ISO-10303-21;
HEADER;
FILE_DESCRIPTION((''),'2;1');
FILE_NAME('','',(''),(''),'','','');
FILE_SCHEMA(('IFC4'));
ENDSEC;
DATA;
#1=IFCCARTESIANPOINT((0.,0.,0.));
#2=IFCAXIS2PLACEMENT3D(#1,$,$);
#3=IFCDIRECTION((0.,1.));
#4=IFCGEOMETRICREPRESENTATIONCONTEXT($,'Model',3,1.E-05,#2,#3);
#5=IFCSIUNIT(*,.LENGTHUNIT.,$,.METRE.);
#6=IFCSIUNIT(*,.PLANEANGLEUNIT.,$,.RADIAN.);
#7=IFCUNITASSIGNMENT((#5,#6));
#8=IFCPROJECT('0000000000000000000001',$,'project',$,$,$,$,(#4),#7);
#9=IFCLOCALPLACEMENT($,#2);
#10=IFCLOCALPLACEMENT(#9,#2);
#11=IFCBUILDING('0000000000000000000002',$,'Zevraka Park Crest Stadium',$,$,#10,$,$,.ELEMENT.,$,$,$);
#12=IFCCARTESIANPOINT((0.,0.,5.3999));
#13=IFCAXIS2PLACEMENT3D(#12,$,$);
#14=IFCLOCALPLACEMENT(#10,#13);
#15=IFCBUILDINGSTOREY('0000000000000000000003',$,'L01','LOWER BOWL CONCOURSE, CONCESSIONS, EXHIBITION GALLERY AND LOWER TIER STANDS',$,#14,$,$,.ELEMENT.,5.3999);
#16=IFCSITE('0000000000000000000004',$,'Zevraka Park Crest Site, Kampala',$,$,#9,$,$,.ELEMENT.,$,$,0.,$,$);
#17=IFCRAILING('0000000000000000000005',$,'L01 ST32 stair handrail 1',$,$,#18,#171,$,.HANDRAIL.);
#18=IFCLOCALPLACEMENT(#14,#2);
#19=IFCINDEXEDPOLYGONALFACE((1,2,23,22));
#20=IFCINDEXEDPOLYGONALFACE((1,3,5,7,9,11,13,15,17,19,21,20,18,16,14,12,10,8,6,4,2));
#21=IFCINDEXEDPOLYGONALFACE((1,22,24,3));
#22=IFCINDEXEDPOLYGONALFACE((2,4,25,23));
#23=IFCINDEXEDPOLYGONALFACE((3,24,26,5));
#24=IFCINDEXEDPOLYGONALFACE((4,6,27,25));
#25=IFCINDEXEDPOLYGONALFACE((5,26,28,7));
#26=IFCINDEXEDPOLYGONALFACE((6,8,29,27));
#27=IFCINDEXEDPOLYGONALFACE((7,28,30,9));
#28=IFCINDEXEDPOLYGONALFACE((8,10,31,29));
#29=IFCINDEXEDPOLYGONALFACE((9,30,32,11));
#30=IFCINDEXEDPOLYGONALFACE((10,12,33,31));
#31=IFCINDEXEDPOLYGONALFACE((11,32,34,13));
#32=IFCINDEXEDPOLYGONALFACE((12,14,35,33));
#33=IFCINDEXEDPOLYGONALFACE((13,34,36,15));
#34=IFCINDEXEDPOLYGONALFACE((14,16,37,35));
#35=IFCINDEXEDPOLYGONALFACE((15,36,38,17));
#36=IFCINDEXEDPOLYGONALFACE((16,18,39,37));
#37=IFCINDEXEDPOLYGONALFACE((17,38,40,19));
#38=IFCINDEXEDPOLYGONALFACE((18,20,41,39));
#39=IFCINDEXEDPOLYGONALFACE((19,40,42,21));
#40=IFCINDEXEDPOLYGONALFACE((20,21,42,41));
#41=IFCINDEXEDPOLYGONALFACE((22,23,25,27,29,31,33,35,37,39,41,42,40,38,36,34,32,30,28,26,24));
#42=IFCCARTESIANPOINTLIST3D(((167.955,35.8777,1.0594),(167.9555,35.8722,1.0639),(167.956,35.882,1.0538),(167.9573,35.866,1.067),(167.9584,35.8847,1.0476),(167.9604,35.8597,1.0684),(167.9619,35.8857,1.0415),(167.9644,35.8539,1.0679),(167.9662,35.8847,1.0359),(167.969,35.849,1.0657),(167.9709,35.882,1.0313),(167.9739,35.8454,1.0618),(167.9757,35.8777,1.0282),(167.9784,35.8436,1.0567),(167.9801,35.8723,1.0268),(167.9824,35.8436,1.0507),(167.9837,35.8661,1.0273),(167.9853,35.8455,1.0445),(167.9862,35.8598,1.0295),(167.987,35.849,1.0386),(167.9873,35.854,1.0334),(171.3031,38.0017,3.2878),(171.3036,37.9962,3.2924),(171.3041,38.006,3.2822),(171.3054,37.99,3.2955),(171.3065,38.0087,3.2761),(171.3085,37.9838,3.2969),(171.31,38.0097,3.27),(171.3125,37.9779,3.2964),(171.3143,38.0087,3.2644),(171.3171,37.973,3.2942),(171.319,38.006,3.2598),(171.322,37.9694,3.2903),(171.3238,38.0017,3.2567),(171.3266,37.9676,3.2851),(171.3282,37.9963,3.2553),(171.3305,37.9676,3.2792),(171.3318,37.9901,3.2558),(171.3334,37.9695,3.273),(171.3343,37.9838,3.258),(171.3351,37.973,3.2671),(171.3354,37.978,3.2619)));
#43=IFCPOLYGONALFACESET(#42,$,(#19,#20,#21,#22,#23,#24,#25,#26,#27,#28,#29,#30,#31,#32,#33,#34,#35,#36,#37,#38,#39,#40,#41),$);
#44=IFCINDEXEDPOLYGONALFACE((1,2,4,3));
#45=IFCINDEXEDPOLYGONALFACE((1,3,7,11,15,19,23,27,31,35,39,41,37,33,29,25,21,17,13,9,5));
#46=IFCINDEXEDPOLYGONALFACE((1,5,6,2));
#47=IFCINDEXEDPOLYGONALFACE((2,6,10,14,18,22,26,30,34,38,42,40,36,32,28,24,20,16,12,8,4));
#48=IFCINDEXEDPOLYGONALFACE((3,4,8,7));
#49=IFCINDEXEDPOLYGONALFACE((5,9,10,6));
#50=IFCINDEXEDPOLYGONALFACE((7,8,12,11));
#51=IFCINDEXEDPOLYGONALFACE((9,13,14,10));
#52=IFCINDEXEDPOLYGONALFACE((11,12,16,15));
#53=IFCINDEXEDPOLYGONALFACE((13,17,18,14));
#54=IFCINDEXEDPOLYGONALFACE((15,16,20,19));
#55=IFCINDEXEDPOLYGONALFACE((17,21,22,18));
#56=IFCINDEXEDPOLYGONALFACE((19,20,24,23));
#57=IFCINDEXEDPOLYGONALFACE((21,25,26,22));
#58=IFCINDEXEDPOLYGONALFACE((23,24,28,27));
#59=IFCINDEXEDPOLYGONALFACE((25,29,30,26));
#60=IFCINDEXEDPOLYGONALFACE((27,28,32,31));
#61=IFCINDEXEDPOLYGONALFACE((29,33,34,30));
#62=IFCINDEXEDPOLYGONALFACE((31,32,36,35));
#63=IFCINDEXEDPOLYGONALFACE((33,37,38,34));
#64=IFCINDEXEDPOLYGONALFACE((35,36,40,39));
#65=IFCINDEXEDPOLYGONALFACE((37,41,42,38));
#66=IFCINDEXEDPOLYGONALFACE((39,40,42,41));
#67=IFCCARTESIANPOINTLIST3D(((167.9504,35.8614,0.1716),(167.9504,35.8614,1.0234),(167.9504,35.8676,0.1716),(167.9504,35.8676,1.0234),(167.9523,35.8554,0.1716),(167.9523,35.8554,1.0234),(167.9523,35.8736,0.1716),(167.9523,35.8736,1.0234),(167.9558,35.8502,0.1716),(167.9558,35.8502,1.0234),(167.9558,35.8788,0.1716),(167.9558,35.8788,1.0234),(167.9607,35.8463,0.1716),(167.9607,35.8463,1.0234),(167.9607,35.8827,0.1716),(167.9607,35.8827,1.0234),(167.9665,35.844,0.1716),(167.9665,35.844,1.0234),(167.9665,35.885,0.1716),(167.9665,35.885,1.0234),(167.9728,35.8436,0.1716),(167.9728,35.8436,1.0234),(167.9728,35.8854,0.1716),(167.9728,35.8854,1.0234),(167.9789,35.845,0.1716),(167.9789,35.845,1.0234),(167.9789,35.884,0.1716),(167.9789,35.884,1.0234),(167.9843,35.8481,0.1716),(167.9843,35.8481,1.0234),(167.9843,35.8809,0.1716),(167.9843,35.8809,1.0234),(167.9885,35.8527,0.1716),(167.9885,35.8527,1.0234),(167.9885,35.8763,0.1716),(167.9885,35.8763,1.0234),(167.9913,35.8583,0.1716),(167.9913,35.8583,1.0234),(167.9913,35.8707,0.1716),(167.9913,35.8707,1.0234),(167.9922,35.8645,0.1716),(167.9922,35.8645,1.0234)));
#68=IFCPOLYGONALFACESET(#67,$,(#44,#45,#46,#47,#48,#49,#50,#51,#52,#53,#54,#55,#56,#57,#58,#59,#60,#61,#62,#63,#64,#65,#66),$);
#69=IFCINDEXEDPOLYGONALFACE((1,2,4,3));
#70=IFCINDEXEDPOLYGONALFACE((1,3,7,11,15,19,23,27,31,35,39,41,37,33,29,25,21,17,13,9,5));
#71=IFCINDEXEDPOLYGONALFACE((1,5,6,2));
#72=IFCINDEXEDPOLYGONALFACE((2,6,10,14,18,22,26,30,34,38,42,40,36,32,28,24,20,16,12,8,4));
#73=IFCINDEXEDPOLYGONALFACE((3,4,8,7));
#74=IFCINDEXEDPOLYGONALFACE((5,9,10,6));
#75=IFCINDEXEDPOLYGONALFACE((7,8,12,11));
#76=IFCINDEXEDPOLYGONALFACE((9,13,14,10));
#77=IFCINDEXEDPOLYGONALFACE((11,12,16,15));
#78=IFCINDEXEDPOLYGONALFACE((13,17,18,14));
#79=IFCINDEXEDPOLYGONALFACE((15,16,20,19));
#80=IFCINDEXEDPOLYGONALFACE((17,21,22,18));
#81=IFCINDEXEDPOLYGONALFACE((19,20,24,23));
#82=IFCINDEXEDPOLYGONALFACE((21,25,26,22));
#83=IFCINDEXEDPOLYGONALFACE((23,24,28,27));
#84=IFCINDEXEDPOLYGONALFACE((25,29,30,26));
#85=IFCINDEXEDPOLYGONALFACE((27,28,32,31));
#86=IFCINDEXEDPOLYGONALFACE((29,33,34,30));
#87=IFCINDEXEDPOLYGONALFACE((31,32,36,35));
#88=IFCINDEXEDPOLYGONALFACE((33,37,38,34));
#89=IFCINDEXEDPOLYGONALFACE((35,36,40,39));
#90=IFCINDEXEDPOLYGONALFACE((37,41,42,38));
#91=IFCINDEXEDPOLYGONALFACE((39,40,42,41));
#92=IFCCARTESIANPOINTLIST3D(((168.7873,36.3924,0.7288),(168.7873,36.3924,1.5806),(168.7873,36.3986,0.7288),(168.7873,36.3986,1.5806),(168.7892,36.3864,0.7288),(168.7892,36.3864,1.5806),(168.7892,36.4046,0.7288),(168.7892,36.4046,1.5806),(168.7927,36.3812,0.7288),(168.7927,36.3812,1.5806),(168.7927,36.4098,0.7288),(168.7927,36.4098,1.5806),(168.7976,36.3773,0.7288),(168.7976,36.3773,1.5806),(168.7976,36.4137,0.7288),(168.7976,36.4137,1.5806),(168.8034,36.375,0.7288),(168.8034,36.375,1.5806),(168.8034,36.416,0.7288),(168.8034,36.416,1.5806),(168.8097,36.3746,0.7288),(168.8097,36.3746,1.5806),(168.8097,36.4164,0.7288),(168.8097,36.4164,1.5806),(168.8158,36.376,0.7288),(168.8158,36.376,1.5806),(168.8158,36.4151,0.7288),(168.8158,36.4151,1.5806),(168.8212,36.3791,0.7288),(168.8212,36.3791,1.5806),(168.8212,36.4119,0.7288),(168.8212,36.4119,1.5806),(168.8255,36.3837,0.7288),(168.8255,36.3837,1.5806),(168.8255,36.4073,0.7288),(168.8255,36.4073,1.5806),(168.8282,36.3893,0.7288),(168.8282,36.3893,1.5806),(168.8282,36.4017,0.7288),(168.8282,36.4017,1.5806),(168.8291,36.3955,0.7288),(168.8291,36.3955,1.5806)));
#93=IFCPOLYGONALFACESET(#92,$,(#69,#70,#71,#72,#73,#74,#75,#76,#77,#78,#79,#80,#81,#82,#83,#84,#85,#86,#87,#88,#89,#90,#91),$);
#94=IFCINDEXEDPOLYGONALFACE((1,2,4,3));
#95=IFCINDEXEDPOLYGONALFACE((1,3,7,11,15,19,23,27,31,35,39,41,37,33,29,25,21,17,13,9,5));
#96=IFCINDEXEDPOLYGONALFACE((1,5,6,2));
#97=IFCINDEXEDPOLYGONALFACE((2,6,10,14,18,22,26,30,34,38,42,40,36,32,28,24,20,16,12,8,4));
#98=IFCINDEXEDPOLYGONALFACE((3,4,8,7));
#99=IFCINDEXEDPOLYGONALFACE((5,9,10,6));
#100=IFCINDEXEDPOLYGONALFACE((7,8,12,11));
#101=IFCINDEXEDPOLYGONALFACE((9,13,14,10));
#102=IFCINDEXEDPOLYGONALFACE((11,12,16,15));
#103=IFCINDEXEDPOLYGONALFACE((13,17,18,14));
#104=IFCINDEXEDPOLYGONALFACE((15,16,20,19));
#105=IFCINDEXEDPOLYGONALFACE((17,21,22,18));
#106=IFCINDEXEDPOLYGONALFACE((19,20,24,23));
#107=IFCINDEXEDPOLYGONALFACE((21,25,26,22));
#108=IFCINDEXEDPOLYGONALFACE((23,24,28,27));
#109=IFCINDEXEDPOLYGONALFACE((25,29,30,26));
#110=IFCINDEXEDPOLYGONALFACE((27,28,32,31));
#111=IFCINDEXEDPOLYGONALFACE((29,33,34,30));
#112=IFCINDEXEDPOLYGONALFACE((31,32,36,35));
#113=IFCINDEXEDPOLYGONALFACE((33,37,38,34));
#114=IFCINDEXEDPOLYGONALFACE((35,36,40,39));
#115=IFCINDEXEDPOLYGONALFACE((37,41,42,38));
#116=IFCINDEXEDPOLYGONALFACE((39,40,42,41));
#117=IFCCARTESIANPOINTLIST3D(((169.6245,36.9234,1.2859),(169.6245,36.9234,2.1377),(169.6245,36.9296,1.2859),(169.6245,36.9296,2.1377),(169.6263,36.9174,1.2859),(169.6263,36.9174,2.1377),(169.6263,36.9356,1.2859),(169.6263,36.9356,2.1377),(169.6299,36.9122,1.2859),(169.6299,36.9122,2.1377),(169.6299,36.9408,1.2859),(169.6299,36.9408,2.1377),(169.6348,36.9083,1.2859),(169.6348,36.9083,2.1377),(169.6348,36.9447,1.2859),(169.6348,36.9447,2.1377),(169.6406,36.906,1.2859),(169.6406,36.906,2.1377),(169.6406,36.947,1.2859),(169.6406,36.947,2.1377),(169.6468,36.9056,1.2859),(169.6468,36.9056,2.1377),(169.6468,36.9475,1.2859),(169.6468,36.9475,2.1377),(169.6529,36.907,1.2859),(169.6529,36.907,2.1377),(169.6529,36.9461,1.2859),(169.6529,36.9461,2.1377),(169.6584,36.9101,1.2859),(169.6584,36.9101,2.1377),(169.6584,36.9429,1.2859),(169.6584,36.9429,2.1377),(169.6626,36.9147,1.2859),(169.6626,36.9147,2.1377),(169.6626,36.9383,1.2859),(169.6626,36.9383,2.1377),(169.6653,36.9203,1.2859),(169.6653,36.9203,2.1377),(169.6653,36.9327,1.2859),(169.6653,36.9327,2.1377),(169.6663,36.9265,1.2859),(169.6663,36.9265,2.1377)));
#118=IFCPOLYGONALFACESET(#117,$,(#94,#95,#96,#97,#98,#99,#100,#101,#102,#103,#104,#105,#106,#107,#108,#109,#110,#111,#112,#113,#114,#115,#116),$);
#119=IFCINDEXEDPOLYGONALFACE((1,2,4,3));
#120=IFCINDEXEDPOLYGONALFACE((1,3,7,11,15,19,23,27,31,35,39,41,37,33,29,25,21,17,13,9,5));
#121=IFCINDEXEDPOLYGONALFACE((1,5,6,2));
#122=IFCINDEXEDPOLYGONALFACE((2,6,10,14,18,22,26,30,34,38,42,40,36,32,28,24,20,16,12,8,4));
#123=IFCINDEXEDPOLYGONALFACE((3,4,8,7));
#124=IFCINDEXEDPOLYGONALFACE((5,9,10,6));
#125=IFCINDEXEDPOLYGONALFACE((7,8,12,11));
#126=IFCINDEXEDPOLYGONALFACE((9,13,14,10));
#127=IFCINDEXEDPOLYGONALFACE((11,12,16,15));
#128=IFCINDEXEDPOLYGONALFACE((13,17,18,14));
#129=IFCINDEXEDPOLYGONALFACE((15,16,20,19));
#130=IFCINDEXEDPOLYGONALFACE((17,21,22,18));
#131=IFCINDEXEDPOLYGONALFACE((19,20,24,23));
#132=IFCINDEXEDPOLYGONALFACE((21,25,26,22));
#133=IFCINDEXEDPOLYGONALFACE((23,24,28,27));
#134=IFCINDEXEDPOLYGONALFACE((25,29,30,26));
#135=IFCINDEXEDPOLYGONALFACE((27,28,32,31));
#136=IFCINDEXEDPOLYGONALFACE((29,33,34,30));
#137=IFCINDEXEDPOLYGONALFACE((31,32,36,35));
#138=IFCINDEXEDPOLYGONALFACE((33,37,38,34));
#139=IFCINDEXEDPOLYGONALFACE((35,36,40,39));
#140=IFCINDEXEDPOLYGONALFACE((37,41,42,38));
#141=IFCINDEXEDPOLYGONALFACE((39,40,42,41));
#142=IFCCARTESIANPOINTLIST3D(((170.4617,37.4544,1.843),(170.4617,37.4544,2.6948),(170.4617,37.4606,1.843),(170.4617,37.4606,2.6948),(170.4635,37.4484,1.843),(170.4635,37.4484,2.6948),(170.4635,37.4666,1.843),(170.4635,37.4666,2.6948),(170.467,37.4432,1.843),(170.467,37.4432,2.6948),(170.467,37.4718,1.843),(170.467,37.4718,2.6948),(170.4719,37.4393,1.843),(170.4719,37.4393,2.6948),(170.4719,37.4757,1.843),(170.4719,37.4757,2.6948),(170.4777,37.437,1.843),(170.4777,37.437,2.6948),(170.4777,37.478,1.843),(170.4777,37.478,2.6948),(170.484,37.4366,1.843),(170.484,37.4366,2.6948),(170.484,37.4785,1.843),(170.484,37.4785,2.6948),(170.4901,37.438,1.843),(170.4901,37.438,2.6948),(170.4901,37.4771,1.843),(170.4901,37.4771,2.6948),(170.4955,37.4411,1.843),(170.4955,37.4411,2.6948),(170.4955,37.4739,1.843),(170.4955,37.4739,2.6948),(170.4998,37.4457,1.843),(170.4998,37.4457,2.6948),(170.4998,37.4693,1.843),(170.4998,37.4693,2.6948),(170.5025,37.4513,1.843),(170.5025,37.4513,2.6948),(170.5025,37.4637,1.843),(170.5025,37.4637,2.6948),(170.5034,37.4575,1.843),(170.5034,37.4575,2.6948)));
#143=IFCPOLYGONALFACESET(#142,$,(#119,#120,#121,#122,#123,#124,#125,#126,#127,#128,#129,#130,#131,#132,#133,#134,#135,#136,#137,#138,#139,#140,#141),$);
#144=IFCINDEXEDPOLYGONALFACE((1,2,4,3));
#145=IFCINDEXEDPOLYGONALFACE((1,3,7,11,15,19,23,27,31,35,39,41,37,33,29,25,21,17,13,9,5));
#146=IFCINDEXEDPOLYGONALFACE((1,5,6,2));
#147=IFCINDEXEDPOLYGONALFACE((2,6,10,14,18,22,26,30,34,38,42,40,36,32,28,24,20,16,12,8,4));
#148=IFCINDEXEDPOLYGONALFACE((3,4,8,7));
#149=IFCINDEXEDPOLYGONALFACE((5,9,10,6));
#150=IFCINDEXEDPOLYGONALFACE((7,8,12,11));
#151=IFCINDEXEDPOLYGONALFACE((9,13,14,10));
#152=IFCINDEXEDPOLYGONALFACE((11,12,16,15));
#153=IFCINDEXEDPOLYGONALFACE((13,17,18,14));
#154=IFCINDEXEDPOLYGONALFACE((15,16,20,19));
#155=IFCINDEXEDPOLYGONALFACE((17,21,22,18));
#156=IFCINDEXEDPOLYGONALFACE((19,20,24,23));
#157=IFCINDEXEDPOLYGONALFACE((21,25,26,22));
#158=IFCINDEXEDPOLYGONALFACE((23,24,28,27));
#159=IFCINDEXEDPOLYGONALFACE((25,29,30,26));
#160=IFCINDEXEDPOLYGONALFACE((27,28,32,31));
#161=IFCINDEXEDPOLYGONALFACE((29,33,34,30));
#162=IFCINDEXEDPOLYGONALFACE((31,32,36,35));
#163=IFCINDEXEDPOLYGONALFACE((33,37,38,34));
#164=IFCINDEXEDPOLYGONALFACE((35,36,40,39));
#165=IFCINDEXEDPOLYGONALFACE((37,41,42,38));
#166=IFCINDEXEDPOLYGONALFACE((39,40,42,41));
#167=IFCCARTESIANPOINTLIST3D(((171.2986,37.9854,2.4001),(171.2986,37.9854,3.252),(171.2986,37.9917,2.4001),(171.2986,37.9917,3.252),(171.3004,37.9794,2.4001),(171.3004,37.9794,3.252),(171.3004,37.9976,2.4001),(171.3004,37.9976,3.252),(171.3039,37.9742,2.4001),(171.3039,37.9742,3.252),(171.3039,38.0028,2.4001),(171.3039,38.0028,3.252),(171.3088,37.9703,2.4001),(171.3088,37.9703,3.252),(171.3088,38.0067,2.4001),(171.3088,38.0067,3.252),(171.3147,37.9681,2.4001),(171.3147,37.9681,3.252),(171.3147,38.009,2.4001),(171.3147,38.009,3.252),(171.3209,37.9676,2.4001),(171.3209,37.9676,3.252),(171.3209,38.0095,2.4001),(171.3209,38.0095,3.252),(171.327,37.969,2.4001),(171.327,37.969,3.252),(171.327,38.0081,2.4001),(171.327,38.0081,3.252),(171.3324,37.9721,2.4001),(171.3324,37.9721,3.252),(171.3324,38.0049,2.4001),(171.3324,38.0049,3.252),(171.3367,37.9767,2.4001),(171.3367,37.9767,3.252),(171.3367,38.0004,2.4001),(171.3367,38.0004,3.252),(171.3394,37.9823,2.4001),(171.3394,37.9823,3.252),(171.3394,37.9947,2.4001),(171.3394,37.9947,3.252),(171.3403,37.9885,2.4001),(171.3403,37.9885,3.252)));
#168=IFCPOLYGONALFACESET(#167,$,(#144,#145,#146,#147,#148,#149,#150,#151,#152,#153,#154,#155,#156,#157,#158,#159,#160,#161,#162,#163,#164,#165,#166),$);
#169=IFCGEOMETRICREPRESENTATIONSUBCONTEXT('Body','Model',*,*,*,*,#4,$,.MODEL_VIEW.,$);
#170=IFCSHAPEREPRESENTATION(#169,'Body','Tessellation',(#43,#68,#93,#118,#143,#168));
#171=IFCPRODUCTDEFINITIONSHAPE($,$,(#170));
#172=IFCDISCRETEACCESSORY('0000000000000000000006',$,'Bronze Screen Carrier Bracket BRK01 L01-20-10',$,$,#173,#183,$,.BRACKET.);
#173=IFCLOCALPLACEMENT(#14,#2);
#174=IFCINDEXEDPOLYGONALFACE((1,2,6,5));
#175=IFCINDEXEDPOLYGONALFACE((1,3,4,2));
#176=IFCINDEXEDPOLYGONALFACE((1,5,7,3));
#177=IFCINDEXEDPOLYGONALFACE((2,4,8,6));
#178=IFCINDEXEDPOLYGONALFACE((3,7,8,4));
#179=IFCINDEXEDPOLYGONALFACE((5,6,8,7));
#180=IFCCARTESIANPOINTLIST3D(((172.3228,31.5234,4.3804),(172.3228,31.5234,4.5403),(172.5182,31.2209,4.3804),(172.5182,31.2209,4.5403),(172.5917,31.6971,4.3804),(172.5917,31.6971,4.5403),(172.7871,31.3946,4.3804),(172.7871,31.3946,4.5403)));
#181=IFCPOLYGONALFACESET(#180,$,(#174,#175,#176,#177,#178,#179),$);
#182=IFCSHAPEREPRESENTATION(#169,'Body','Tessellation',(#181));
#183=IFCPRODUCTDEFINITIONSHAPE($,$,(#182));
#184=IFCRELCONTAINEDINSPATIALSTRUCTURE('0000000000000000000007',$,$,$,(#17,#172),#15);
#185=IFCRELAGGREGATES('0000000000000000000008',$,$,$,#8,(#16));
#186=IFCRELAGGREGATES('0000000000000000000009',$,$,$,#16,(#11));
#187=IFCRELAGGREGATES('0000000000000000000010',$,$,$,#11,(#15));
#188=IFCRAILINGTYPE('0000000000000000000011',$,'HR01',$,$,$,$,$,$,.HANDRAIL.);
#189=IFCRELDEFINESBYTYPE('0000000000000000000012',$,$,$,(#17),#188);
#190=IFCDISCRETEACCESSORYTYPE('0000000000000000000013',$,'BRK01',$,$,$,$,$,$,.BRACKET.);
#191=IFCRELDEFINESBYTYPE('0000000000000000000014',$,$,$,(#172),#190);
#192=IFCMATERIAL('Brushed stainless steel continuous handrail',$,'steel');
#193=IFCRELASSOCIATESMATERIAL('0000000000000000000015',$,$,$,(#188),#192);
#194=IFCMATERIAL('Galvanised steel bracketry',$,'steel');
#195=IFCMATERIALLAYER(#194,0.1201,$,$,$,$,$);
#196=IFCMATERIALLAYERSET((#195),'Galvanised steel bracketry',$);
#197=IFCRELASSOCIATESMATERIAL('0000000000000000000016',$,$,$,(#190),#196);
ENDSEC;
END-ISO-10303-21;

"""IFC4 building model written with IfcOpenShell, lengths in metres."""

from ifc_helpers import new_model, si_unit, direction, frame, origin, origin_2d, place, context, subcontext, project, spatial, rectangle, circle, extrude, material, layer, layer_set, type_object, element, save


model = new_model("IFC4")

# Units and contexts
model_context = context("Model", 3, precision=1e-05, world=origin(), true_north=direction((0.0, 1.0)))
body_context = subcontext(model_context, "Body", "Model", "MODEL_VIEW")
ifc_project = project(units=[si_unit("LENGTHUNIT", "METRE"), si_unit("PLANEANGLEUNIT", "RADIAN")], contexts=[model_context])

# Site, building, storey
site_placement = place(None, origin())
site = spatial("IfcSite", under=ifc_project, at=site_placement, Name="Zevraka Park Crest Site, Kampala", CompositionType="ELEMENT", RefElevation=0.0)
building_placement = place(site_placement, origin())
building = spatial("IfcBuilding", under=site, at=building_placement, Name="Zevraka Park Crest Stadium", CompositionType="ELEMENT")
storey_placement = place(building_placement, frame((0.0, 0.0, 5.3999)))
storey = spatial("IfcBuildingStorey", under=building, at=storey_placement, Name="L01", Description="LOWER BOWL CONCOURSE, CONCESSIONS, EXHIBITION GALLERY AND LOWER TIER STANDS", CompositionType="ELEMENT", Elevation=5.3999)

# Railing
ifc_material_1 = material(Name="Brushed stainless steel continuous handrail", Category="steel")
railing_type_1 = type_object("IfcRailingType", Name="HR01", PredefinedType="HANDRAIL", material=ifc_material_1)
railing_1_placement = place(storey_placement, frame((167.9712, 35.8645, 0.1716)))
element("IfcRailing", 1, at=railing_1_placement, inside=storey, type_object=railing_type_1, Name="L01 ST32 stair handrail 1", PredefinedType="HANDRAIL", context=body_context, shape_type="SweptSolid", body=[
    extrude(circle(Radius=0.0239, at=origin_2d()), frame((0.0, 0.0, 0.876), z_axis=(0.736117, 0.466984, 0.489957), x_axis=(-0.535688, 0.844416, 0.0)), (0.0, 0.0, 1.0), 4.5483),
    extrude(circle(Radius=0.021, at=origin_2d()), origin(), (0.0, 0.0, 1.0), 0.8518),
    extrude(circle(Radius=0.021, at=origin_2d()), frame((0.8369, 0.531, 0.5571)), (0.0, 0.0, 1.0), 0.8518),
    extrude(circle(Radius=0.021, at=origin_2d()), frame((1.6741, 1.062, 1.1143)), (0.0, 0.0, 1.0), 0.8518),
    extrude(circle(Radius=0.021, at=origin_2d()), frame((2.5112, 1.593, 1.6714)), (0.0, 0.0, 1.0), 0.8518),
    extrude(circle(Radius=0.021, at=origin_2d()), frame((3.3481, 2.124, 2.2285)), (0.0, 0.0, 1.0), 0.8518),
])

# Discrete accessory
ifc_material_2 = material(Name="Galvanised steel bracketry", Category="steel")
ifc_layer_1 = layer(ifc_material_2, 0.1201)
ifc_layer_set_1 = layer_set([ifc_layer_1], Name="Galvanised steel bracketry")
discrete_accessory_type = type_object("IfcDiscreteAccessoryType", Name="BRK01", PredefinedType="BRACKET", material=ifc_layer_set_1)
discrete_accessory_placement = place(storey_placement, frame((172.5549, 31.459, 4.3804), z_axis=(0.0, 0.0, 1.0), x_axis=(0.839999, 0.542588, 0.0)))
element("IfcDiscreteAccessory", 2, at=discrete_accessory_placement, inside=storey, type_object=discrete_accessory_type, Name="Bronze Screen Carrier Bracket BRK01 L01-20-10", PredefinedType="BRACKET", context=body_context, shape_type="SweptSolid", body=[
    extrude(rectangle(XDim=0.3201, YDim=0.3601, at=origin_2d()), origin(), (0.0, 0.0, 1.0), 0.1599),
])

save(model, "model.ifc")
